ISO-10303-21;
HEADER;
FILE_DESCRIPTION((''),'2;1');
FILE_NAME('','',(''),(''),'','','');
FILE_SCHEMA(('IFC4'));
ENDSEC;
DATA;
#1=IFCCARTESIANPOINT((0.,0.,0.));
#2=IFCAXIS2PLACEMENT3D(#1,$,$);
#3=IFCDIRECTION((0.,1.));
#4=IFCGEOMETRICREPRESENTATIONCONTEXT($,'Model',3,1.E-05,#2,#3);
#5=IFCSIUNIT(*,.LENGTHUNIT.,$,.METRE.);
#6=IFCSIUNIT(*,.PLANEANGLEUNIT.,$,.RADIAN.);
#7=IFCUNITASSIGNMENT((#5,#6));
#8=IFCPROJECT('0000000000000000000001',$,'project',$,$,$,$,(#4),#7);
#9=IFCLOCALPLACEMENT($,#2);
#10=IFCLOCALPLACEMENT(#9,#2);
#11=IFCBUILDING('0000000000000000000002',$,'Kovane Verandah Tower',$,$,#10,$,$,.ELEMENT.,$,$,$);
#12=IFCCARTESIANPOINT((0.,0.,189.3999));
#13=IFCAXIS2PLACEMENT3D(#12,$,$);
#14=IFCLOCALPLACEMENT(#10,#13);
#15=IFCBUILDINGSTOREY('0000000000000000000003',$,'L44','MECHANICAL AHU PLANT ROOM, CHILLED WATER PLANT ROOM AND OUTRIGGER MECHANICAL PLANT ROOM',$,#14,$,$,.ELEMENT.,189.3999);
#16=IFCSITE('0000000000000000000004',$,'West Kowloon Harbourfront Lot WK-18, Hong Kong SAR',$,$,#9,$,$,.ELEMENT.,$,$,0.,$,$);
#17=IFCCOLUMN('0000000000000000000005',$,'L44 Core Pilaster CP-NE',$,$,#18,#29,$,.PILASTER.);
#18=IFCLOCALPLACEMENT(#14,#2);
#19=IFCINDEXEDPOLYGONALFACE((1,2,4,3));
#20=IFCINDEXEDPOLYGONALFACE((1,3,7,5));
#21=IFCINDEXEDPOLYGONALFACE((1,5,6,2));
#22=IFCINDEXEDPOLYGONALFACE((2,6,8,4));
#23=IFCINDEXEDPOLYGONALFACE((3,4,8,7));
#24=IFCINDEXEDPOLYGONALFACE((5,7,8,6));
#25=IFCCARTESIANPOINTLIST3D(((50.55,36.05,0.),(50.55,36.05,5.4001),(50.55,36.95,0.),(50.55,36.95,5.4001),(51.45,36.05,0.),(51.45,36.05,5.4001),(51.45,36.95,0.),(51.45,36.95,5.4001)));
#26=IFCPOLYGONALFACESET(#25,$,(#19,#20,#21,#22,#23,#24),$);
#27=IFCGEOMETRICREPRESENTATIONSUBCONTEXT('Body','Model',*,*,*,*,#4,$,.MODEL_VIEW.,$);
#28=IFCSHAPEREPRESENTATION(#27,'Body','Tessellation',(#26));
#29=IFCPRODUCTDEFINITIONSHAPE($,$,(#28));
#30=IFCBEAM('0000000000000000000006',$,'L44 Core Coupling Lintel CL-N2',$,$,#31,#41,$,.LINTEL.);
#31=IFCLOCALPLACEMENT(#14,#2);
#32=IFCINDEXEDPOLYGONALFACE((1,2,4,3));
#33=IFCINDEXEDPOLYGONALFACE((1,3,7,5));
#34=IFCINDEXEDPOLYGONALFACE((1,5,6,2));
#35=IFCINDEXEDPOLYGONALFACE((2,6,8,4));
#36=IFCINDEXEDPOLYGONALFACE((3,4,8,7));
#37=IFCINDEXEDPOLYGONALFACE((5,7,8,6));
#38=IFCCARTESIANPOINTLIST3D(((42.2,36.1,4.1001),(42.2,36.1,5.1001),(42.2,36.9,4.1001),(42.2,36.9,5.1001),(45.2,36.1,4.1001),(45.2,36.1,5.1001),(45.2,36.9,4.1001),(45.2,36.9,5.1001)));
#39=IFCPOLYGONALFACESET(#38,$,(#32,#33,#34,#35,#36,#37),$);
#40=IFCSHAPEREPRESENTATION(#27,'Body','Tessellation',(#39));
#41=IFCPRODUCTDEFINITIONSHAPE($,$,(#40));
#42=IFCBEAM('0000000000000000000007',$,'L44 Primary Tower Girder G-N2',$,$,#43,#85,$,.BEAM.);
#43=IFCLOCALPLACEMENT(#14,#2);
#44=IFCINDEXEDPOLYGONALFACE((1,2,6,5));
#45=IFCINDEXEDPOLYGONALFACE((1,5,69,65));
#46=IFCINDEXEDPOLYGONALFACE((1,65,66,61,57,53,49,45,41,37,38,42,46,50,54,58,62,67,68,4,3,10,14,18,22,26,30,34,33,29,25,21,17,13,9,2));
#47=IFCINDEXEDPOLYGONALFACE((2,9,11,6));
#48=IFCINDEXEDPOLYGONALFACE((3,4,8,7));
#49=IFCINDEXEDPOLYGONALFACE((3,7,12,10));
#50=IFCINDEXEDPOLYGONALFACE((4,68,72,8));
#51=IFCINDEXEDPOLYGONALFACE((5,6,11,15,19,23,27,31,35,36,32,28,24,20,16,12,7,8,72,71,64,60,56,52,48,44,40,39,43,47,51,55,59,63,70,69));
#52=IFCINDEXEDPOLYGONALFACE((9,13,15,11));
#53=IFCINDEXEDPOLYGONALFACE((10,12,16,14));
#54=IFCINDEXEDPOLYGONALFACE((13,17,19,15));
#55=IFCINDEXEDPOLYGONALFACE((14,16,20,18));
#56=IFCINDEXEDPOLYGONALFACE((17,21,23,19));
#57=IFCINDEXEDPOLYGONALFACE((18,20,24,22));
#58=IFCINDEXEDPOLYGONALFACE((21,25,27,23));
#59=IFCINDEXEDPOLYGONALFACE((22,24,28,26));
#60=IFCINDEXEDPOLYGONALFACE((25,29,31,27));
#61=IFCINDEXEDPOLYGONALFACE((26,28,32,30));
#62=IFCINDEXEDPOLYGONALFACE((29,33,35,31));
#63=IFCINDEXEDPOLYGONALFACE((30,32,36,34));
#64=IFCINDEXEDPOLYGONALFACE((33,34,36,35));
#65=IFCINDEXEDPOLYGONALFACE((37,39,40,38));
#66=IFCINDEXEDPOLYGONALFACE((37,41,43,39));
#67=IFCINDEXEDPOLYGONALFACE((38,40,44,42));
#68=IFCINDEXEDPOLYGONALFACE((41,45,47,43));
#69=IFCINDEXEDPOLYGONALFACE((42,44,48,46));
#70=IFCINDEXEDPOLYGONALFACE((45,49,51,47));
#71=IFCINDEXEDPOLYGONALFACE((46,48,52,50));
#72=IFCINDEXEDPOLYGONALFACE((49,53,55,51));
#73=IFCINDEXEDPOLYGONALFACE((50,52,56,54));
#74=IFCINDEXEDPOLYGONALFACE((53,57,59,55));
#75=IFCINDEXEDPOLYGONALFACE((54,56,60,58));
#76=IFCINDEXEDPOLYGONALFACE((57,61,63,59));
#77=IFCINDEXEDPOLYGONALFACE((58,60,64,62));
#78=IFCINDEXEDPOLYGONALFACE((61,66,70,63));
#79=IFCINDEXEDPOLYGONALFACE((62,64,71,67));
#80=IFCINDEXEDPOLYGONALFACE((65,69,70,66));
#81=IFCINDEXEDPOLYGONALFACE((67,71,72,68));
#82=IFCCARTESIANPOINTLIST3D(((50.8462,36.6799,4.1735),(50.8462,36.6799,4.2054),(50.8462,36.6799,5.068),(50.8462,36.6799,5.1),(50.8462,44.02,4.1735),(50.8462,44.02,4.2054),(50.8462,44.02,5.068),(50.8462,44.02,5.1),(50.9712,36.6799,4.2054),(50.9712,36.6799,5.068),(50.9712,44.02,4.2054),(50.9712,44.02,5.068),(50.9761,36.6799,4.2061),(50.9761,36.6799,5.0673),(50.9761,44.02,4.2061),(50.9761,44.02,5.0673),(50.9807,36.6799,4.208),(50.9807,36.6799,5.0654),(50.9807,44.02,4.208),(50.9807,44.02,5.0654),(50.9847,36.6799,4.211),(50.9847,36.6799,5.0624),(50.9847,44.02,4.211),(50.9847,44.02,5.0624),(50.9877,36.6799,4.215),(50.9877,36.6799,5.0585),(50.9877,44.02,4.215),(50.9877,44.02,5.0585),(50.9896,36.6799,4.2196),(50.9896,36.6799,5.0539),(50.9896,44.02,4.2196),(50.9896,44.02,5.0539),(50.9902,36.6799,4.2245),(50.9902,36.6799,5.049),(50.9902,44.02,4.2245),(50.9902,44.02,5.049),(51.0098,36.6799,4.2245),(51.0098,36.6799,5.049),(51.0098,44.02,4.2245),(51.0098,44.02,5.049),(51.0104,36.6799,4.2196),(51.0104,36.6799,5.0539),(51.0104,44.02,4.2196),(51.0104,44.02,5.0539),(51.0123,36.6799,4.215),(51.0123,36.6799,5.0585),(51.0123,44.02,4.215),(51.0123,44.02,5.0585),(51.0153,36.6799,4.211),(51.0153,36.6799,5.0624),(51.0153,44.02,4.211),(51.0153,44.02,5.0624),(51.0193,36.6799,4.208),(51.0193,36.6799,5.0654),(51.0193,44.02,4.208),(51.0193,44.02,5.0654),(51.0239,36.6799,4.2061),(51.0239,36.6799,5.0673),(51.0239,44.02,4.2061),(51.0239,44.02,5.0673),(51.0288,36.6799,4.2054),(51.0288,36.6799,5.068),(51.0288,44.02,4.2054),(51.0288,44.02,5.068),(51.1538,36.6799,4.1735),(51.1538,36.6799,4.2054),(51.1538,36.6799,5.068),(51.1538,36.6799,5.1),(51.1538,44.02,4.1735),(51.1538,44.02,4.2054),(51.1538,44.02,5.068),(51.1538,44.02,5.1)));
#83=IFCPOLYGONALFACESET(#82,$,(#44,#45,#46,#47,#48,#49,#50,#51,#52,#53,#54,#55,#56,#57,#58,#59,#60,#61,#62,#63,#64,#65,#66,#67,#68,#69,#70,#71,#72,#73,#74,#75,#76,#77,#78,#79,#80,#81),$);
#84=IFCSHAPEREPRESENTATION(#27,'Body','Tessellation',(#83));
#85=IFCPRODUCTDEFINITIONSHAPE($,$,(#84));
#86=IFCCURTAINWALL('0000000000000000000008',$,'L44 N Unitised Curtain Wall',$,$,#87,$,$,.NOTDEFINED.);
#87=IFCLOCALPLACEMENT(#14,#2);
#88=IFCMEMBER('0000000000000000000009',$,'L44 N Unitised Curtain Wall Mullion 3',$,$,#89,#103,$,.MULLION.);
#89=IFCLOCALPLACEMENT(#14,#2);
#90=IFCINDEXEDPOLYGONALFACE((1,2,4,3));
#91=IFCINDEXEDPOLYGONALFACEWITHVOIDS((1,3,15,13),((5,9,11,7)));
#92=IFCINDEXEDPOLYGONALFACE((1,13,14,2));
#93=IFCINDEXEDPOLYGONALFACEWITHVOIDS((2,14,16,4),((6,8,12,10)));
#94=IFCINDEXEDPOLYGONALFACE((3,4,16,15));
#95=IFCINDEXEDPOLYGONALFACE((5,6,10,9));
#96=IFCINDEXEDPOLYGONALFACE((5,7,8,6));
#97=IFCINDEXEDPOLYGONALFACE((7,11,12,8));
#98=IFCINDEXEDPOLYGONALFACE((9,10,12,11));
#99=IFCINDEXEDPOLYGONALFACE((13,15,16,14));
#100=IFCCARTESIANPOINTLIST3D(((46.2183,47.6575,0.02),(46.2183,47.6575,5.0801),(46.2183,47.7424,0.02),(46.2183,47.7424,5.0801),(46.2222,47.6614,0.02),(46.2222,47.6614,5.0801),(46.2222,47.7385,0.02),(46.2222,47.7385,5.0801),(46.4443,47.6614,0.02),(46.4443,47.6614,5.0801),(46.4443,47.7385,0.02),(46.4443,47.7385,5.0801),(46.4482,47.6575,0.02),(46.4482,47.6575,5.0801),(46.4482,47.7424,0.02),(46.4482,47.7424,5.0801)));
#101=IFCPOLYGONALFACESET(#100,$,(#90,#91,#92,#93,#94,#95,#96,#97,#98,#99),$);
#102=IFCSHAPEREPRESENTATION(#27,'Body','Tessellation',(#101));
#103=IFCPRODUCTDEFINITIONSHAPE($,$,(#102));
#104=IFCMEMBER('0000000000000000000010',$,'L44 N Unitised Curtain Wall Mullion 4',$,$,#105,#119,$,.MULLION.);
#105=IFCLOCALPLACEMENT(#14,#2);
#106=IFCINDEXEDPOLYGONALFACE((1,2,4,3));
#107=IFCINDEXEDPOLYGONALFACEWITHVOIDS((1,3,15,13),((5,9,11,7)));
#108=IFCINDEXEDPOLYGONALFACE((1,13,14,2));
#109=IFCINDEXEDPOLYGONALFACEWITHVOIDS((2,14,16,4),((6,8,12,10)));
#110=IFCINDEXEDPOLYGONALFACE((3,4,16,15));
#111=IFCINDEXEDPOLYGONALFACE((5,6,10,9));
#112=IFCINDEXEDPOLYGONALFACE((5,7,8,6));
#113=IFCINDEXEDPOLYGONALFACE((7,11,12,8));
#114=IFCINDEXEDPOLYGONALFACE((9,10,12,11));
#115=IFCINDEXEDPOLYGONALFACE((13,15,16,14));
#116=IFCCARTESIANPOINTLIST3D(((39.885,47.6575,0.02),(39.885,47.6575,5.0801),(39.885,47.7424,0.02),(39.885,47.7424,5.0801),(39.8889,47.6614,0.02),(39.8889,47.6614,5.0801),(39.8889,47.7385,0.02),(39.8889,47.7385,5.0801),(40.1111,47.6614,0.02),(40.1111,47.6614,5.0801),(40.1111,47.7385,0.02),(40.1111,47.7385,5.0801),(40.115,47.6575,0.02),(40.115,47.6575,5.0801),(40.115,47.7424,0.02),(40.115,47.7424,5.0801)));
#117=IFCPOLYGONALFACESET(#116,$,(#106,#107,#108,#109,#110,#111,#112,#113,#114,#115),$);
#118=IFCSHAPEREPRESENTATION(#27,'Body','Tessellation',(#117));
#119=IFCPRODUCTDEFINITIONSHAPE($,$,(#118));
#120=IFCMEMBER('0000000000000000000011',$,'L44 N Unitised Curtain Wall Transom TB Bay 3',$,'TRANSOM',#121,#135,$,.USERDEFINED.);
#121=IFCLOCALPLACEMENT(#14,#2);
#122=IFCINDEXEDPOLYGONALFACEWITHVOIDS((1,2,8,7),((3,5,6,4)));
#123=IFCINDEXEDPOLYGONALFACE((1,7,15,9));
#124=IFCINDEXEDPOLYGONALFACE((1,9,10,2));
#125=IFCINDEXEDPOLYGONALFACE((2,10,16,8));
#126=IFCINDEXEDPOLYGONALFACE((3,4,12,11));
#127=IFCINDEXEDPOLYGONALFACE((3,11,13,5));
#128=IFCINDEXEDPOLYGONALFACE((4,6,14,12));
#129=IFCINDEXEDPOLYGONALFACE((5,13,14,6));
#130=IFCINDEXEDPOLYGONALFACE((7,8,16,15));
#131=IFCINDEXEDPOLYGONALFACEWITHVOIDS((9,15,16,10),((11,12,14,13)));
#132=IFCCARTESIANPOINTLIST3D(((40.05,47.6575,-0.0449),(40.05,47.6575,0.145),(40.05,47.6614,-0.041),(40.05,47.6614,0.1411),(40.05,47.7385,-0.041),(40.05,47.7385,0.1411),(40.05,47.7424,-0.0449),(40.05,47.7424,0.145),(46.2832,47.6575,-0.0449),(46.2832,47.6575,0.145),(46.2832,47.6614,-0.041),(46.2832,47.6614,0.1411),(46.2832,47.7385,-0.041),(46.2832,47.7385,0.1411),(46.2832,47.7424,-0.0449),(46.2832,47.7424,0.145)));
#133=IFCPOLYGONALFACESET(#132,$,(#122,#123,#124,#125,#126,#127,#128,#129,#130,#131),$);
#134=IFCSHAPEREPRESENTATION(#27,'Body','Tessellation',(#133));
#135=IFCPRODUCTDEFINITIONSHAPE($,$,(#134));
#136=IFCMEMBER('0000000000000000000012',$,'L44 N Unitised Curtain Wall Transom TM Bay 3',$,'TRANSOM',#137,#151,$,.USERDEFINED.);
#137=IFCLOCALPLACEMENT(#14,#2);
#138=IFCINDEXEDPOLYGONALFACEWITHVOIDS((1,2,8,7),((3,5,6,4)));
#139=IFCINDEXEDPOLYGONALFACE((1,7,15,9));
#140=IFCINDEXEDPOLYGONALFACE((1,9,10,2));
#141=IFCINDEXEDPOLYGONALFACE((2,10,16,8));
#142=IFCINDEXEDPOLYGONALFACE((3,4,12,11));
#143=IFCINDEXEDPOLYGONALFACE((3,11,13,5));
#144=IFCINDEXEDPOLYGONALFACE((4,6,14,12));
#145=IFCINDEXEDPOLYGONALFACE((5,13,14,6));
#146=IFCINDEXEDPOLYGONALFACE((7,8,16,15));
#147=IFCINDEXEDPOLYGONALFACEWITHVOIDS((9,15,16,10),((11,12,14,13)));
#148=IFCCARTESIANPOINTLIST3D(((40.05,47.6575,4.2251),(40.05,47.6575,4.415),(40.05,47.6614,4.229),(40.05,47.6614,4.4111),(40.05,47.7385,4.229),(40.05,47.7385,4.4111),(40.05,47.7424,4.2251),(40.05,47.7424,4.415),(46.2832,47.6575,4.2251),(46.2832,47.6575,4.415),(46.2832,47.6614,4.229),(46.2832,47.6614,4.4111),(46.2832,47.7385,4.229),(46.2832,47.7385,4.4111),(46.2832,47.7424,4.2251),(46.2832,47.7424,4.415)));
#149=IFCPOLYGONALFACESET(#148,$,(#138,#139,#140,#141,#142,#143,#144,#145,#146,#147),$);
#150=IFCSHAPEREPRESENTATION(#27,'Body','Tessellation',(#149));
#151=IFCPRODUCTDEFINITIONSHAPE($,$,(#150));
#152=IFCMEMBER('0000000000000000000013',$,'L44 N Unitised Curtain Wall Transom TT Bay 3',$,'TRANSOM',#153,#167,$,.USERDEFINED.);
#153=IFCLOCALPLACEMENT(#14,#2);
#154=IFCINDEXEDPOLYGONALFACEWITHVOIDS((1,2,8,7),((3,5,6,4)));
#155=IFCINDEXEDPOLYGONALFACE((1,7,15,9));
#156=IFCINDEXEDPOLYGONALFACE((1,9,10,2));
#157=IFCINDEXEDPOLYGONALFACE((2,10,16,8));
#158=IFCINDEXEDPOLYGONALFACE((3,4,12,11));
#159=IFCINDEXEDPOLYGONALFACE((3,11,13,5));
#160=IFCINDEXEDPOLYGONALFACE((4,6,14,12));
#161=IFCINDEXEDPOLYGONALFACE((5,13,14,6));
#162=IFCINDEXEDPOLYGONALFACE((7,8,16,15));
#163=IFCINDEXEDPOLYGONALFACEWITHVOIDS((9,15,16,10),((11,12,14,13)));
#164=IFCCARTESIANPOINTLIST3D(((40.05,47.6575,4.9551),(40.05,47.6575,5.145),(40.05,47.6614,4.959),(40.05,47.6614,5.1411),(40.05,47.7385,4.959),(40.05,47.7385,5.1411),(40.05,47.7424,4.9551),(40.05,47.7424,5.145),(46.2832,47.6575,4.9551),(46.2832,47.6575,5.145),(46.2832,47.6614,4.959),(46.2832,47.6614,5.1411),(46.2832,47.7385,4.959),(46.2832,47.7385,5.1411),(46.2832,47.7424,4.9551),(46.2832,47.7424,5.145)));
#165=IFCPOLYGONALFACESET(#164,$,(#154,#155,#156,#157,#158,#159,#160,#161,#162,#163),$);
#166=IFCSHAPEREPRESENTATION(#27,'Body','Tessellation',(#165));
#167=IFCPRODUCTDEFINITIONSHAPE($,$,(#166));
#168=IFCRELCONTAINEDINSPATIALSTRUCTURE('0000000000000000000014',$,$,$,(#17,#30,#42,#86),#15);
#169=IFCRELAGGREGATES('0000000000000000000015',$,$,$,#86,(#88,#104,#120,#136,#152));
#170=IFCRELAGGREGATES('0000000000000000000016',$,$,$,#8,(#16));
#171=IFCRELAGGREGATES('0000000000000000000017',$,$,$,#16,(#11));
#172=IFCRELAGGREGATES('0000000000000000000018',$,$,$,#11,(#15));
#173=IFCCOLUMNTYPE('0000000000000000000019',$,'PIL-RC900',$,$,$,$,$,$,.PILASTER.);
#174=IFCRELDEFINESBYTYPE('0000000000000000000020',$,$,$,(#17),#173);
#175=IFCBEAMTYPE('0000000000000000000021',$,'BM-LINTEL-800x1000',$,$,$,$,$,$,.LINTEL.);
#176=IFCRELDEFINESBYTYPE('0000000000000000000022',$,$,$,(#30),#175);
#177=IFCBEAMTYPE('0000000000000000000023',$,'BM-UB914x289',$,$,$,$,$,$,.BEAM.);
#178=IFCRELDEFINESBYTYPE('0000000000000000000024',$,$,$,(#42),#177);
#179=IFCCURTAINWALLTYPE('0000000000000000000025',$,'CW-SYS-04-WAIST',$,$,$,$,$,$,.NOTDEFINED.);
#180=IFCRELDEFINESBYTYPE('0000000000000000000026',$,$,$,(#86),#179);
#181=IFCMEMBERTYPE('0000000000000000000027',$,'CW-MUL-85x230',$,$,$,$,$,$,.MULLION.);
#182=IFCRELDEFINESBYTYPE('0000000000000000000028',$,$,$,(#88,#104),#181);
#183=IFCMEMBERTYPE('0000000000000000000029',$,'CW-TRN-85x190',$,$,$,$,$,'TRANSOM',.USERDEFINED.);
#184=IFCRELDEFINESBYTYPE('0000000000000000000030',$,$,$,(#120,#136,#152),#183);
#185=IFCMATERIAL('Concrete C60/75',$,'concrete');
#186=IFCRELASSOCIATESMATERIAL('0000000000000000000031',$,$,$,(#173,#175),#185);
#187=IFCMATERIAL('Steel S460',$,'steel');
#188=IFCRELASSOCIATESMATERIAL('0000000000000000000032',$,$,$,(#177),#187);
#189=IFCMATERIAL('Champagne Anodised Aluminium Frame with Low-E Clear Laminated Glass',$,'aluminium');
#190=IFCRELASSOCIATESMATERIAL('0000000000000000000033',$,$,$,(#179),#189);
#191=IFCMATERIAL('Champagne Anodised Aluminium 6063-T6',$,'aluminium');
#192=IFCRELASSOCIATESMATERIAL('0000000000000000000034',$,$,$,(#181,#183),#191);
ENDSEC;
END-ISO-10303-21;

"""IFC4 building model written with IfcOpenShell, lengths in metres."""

from ifc_helpers import new_model, si_unit, direction, frame, origin, origin_2d, place, context, subcontext, project, spatial, rectangle, hollow_rectangle, i_section, extrude, material, material_profile, profile_set, type_object, element, aggregate, save


model = new_model("IFC4")

# Units and contexts
model_context = context("Model", 3, precision=1e-05, world=origin(), true_north=direction((0.0, 1.0)))
body_context = subcontext(model_context, "Body", "Model", "MODEL_VIEW")
ifc_project = project(units=[si_unit("LENGTHUNIT", "METRE"), si_unit("PLANEANGLEUNIT", "RADIAN")], contexts=[model_context])

# Site, building, storey
site_placement = place(None, origin())
site = spatial("IfcSite", under=ifc_project, at=site_placement, Name="West Kowloon Harbourfront Lot WK-18, Hong Kong SAR", CompositionType="ELEMENT", RefElevation=0.0)
building_placement = place(site_placement, origin())
building = spatial("IfcBuilding", under=site, at=building_placement, Name="Kovane Verandah Tower", CompositionType="ELEMENT")
storey_placement = place(building_placement, frame((0.0, 0.0, 189.3999)))
storey = spatial("IfcBuildingStorey", under=building, at=storey_placement, Name="L44", Description="MECHANICAL AHU PLANT ROOM, CHILLED WATER PLANT ROOM AND OUTRIGGER MECHANICAL PLANT ROOM", CompositionType="ELEMENT", Elevation=189.3999)

# Column
ifc_material_1 = material(Name="Concrete C60/75", Category="concrete")
ifc_material_profile_1 = material_profile(ifc_material_1, rectangle(XDim=0.8999, YDim=0.8999, at=origin_2d()), Name="RC900x900")
ifc_profile_set_1 = profile_set([ifc_material_profile_1], Name="Concrete C60/75")
column_type = type_object("IfcColumnType", Name="PIL-RC900", PredefinedType="PILASTER", material=ifc_profile_set_1)
column_placement = place(storey_placement, frame((51.0, 36.5, 0.0), z_axis=(0.0, 0.0, 1.0), x_axis=(1.0, 0.0, 0.0)))
element("IfcColumn", 1, at=column_placement, inside=storey, type_object=column_type, Name="L44 Core Pilaster CP-NE", PredefinedType="PILASTER", context=body_context, shape_type="SweptSolid", body=[
    extrude(rectangle(XDim=0.8999, YDim=0.8999, at=origin_2d()), origin(), (0.0, 0.0, 1.0), 5.4001),
])

# Beams
ifc_material_profile_2 = material_profile(ifc_material_1, rectangle(XDim=0.8, YDim=1.0, at=origin_2d()), Name="RCB800x1000")
ifc_profile_set_2 = profile_set([ifc_material_profile_2], Name="Concrete C60/75")
beam_type_1 = type_object("IfcBeamType", Name="BM-LINTEL-800x1000", PredefinedType="LINTEL", material=ifc_profile_set_2)
beam_1_placement = place(storey_placement, frame((42.2, 36.5, 4.6001), z_axis=(1.0, 0.0, 0.0), x_axis=(0.0, 1.0, 0.0)))
element("IfcBeam", 2, at=beam_1_placement, inside=storey, type_object=beam_type_1, Name="L44 Core Coupling Lintel CL-N2", PredefinedType="LINTEL", context=body_context, shape_type="SweptSolid", body=[
    extrude(rectangle(XDim=0.8, YDim=1.0, at=origin_2d()), origin(), (0.0, 0.0, 1.0), 3.0),
])
ifc_material_2 = material(Name="Steel S460", Category="steel")
ifc_material_profile_3 = material_profile(ifc_material_2, i_section(OverallWidth=0.3076, OverallDepth=0.9265, WebThickness=0.0195, FlangeThickness=0.032, FilletRadius=0.019, at=origin_2d()), Name="UB914x305x289")
ifc_profile_set_3 = profile_set([ifc_material_profile_3], Name="Steel S460")
beam_type_2 = type_object("IfcBeamType", Name="BM-UB914x289", PredefinedType="BEAM", material=ifc_profile_set_3)
beam_2_placement = place(storey_placement, frame((51.0, 36.6799, 4.6367), z_axis=(0.0, 1.0, 0.0), x_axis=(-1.0, 0.0, 0.0)))
element("IfcBeam", 3, at=beam_2_placement, inside=storey, type_object=beam_type_2, Name="L44 Primary Tower Girder G-N2", PredefinedType="BEAM", context=body_context, shape_type="SweptSolid", body=[
    extrude(i_section(OverallWidth=0.3076, OverallDepth=0.9265, WebThickness=0.0195, FlangeThickness=0.032, FilletRadius=0.019, at=origin_2d()), origin(), (0.0, 0.0, 1.0), 7.3401),
])

# Curtain wall, members
ifc_material_3 = material(Name="Champagne Anodised Aluminium Frame with Low-E Clear Laminated Glass", Category="aluminium")
curtain_wall_type = type_object("IfcCurtainWallType", Name="CW-SYS-04-WAIST", PredefinedType="NOTDEFINED", material=ifc_material_3)
curtain_wall_placement = place(storey_placement, origin())
curtain_wall = element("IfcCurtainWall", 4, at=curtain_wall_placement, inside=storey, type_object=curtain_wall_type, Name="L44 N Unitised Curtain Wall", PredefinedType="NOTDEFINED")
ifc_material_4 = material(Name="Champagne Anodised Aluminium 6063-T6", Category="aluminium")
ifc_material_profile_4 = material_profile(ifc_material_4, hollow_rectangle(XDim=0.085, YDim=0.23, WallThickness=0.0039, at=origin_2d()), Name="AL85x230x4")
ifc_profile_set_4 = profile_set([ifc_material_profile_4], Name="Champagne Anodised Aluminium 6063-T6")
member_type_1 = type_object("IfcMemberType", Name="CW-MUL-85x230", PredefinedType="MULLION", material=ifc_profile_set_4)
member_1_placement = place(storey_placement, frame((46.3333, 47.7, 0.02), z_axis=(0.0, 0.0, 1.0), x_axis=(0.0, 1.0, 0.0)))
member_1 = element("IfcMember", 5, at=member_1_placement, type_object=member_type_1, Name="L44 N Unitised Curtain Wall Mullion 3", PredefinedType="MULLION", context=body_context, shape_type="SweptSolid", body=[
    extrude(hollow_rectangle(XDim=0.085, YDim=0.23, WallThickness=0.0039, at=origin_2d()), origin(), (0.0, 0.0, 1.0), 5.0601),
])
member_2_placement = place(storey_placement, frame((40.0, 47.7, 0.02), z_axis=(0.0, 0.0, 1.0), x_axis=(0.0, 1.0, 0.0)))
member_2 = element("IfcMember", 6, at=member_2_placement, type_object=member_type_1, Name="L44 N Unitised Curtain Wall Mullion 4", PredefinedType="MULLION", context=body_context, shape_type="SweptSolid", body=[
    extrude(hollow_rectangle(XDim=0.085, YDim=0.23, WallThickness=0.0039, at=origin_2d()), origin(), (0.0, 0.0, 1.0), 5.0601),
])
ifc_material_profile_5 = material_profile(ifc_material_4, hollow_rectangle(XDim=0.085, YDim=0.1899, WallThickness=0.0039, at=origin_2d()), Name="AL85x190x4")
ifc_profile_set_5 = profile_set([ifc_material_profile_5], Name="Champagne Anodised Aluminium 6063-T6")
member_type_2 = type_object("IfcMemberType", Name="CW-TRN-85x190", ElementType="TRANSOM", PredefinedType="USERDEFINED", material=ifc_profile_set_5)
member_3_placement = place(storey_placement, frame((46.2832, 47.7, 0.05), z_axis=(-1.0, 0.0, 0.0), x_axis=(0.0, -1.0, 0.0)))
member_3 = element("IfcMember", 7, at=member_3_placement, type_object=member_type_2, Name="L44 N Unitised Curtain Wall Transom TB Bay 3", ObjectType="TRANSOM", PredefinedType="USERDEFINED", context=body_context, shape_type="SweptSolid", body=[
    extrude(hollow_rectangle(XDim=0.085, YDim=0.1899, WallThickness=0.0039, at=origin_2d()), origin(), (0.0, 0.0, 1.0), 6.2332),
])
member_4_placement = place(storey_placement, frame((46.2832, 47.7, 4.3201), z_axis=(-1.0, 0.0, 0.0), x_axis=(0.0, -1.0, 0.0)))
member_4 = element("IfcMember", 8, at=member_4_placement, type_object=member_type_2, Name="L44 N Unitised Curtain Wall Transom TM Bay 3", ObjectType="TRANSOM", PredefinedType="USERDEFINED", context=body_context, shape_type="SweptSolid", body=[
    extrude(hollow_rectangle(XDim=0.085, YDim=0.1899, WallThickness=0.0039, at=origin_2d()), origin(), (0.0, 0.0, 1.0), 6.2332),
])
member_5_placement = place(storey_placement, frame((46.2832, 47.7, 5.05), z_axis=(-1.0, 0.0, 0.0), x_axis=(0.0, -1.0, 0.0)))
member_5 = element("IfcMember", 9, at=member_5_placement, type_object=member_type_2, Name="L44 N Unitised Curtain Wall Transom TT Bay 3", ObjectType="TRANSOM", PredefinedType="USERDEFINED", context=body_context, shape_type="SweptSolid", body=[
    extrude(hollow_rectangle(XDim=0.085, YDim=0.1899, WallThickness=0.0039, at=origin_2d()), origin(), (0.0, 0.0, 1.0), 6.2332),
])

aggregate(curtain_wall, [member_1, member_2, member_3, member_4, member_5])

save(model, "model.ifc")
